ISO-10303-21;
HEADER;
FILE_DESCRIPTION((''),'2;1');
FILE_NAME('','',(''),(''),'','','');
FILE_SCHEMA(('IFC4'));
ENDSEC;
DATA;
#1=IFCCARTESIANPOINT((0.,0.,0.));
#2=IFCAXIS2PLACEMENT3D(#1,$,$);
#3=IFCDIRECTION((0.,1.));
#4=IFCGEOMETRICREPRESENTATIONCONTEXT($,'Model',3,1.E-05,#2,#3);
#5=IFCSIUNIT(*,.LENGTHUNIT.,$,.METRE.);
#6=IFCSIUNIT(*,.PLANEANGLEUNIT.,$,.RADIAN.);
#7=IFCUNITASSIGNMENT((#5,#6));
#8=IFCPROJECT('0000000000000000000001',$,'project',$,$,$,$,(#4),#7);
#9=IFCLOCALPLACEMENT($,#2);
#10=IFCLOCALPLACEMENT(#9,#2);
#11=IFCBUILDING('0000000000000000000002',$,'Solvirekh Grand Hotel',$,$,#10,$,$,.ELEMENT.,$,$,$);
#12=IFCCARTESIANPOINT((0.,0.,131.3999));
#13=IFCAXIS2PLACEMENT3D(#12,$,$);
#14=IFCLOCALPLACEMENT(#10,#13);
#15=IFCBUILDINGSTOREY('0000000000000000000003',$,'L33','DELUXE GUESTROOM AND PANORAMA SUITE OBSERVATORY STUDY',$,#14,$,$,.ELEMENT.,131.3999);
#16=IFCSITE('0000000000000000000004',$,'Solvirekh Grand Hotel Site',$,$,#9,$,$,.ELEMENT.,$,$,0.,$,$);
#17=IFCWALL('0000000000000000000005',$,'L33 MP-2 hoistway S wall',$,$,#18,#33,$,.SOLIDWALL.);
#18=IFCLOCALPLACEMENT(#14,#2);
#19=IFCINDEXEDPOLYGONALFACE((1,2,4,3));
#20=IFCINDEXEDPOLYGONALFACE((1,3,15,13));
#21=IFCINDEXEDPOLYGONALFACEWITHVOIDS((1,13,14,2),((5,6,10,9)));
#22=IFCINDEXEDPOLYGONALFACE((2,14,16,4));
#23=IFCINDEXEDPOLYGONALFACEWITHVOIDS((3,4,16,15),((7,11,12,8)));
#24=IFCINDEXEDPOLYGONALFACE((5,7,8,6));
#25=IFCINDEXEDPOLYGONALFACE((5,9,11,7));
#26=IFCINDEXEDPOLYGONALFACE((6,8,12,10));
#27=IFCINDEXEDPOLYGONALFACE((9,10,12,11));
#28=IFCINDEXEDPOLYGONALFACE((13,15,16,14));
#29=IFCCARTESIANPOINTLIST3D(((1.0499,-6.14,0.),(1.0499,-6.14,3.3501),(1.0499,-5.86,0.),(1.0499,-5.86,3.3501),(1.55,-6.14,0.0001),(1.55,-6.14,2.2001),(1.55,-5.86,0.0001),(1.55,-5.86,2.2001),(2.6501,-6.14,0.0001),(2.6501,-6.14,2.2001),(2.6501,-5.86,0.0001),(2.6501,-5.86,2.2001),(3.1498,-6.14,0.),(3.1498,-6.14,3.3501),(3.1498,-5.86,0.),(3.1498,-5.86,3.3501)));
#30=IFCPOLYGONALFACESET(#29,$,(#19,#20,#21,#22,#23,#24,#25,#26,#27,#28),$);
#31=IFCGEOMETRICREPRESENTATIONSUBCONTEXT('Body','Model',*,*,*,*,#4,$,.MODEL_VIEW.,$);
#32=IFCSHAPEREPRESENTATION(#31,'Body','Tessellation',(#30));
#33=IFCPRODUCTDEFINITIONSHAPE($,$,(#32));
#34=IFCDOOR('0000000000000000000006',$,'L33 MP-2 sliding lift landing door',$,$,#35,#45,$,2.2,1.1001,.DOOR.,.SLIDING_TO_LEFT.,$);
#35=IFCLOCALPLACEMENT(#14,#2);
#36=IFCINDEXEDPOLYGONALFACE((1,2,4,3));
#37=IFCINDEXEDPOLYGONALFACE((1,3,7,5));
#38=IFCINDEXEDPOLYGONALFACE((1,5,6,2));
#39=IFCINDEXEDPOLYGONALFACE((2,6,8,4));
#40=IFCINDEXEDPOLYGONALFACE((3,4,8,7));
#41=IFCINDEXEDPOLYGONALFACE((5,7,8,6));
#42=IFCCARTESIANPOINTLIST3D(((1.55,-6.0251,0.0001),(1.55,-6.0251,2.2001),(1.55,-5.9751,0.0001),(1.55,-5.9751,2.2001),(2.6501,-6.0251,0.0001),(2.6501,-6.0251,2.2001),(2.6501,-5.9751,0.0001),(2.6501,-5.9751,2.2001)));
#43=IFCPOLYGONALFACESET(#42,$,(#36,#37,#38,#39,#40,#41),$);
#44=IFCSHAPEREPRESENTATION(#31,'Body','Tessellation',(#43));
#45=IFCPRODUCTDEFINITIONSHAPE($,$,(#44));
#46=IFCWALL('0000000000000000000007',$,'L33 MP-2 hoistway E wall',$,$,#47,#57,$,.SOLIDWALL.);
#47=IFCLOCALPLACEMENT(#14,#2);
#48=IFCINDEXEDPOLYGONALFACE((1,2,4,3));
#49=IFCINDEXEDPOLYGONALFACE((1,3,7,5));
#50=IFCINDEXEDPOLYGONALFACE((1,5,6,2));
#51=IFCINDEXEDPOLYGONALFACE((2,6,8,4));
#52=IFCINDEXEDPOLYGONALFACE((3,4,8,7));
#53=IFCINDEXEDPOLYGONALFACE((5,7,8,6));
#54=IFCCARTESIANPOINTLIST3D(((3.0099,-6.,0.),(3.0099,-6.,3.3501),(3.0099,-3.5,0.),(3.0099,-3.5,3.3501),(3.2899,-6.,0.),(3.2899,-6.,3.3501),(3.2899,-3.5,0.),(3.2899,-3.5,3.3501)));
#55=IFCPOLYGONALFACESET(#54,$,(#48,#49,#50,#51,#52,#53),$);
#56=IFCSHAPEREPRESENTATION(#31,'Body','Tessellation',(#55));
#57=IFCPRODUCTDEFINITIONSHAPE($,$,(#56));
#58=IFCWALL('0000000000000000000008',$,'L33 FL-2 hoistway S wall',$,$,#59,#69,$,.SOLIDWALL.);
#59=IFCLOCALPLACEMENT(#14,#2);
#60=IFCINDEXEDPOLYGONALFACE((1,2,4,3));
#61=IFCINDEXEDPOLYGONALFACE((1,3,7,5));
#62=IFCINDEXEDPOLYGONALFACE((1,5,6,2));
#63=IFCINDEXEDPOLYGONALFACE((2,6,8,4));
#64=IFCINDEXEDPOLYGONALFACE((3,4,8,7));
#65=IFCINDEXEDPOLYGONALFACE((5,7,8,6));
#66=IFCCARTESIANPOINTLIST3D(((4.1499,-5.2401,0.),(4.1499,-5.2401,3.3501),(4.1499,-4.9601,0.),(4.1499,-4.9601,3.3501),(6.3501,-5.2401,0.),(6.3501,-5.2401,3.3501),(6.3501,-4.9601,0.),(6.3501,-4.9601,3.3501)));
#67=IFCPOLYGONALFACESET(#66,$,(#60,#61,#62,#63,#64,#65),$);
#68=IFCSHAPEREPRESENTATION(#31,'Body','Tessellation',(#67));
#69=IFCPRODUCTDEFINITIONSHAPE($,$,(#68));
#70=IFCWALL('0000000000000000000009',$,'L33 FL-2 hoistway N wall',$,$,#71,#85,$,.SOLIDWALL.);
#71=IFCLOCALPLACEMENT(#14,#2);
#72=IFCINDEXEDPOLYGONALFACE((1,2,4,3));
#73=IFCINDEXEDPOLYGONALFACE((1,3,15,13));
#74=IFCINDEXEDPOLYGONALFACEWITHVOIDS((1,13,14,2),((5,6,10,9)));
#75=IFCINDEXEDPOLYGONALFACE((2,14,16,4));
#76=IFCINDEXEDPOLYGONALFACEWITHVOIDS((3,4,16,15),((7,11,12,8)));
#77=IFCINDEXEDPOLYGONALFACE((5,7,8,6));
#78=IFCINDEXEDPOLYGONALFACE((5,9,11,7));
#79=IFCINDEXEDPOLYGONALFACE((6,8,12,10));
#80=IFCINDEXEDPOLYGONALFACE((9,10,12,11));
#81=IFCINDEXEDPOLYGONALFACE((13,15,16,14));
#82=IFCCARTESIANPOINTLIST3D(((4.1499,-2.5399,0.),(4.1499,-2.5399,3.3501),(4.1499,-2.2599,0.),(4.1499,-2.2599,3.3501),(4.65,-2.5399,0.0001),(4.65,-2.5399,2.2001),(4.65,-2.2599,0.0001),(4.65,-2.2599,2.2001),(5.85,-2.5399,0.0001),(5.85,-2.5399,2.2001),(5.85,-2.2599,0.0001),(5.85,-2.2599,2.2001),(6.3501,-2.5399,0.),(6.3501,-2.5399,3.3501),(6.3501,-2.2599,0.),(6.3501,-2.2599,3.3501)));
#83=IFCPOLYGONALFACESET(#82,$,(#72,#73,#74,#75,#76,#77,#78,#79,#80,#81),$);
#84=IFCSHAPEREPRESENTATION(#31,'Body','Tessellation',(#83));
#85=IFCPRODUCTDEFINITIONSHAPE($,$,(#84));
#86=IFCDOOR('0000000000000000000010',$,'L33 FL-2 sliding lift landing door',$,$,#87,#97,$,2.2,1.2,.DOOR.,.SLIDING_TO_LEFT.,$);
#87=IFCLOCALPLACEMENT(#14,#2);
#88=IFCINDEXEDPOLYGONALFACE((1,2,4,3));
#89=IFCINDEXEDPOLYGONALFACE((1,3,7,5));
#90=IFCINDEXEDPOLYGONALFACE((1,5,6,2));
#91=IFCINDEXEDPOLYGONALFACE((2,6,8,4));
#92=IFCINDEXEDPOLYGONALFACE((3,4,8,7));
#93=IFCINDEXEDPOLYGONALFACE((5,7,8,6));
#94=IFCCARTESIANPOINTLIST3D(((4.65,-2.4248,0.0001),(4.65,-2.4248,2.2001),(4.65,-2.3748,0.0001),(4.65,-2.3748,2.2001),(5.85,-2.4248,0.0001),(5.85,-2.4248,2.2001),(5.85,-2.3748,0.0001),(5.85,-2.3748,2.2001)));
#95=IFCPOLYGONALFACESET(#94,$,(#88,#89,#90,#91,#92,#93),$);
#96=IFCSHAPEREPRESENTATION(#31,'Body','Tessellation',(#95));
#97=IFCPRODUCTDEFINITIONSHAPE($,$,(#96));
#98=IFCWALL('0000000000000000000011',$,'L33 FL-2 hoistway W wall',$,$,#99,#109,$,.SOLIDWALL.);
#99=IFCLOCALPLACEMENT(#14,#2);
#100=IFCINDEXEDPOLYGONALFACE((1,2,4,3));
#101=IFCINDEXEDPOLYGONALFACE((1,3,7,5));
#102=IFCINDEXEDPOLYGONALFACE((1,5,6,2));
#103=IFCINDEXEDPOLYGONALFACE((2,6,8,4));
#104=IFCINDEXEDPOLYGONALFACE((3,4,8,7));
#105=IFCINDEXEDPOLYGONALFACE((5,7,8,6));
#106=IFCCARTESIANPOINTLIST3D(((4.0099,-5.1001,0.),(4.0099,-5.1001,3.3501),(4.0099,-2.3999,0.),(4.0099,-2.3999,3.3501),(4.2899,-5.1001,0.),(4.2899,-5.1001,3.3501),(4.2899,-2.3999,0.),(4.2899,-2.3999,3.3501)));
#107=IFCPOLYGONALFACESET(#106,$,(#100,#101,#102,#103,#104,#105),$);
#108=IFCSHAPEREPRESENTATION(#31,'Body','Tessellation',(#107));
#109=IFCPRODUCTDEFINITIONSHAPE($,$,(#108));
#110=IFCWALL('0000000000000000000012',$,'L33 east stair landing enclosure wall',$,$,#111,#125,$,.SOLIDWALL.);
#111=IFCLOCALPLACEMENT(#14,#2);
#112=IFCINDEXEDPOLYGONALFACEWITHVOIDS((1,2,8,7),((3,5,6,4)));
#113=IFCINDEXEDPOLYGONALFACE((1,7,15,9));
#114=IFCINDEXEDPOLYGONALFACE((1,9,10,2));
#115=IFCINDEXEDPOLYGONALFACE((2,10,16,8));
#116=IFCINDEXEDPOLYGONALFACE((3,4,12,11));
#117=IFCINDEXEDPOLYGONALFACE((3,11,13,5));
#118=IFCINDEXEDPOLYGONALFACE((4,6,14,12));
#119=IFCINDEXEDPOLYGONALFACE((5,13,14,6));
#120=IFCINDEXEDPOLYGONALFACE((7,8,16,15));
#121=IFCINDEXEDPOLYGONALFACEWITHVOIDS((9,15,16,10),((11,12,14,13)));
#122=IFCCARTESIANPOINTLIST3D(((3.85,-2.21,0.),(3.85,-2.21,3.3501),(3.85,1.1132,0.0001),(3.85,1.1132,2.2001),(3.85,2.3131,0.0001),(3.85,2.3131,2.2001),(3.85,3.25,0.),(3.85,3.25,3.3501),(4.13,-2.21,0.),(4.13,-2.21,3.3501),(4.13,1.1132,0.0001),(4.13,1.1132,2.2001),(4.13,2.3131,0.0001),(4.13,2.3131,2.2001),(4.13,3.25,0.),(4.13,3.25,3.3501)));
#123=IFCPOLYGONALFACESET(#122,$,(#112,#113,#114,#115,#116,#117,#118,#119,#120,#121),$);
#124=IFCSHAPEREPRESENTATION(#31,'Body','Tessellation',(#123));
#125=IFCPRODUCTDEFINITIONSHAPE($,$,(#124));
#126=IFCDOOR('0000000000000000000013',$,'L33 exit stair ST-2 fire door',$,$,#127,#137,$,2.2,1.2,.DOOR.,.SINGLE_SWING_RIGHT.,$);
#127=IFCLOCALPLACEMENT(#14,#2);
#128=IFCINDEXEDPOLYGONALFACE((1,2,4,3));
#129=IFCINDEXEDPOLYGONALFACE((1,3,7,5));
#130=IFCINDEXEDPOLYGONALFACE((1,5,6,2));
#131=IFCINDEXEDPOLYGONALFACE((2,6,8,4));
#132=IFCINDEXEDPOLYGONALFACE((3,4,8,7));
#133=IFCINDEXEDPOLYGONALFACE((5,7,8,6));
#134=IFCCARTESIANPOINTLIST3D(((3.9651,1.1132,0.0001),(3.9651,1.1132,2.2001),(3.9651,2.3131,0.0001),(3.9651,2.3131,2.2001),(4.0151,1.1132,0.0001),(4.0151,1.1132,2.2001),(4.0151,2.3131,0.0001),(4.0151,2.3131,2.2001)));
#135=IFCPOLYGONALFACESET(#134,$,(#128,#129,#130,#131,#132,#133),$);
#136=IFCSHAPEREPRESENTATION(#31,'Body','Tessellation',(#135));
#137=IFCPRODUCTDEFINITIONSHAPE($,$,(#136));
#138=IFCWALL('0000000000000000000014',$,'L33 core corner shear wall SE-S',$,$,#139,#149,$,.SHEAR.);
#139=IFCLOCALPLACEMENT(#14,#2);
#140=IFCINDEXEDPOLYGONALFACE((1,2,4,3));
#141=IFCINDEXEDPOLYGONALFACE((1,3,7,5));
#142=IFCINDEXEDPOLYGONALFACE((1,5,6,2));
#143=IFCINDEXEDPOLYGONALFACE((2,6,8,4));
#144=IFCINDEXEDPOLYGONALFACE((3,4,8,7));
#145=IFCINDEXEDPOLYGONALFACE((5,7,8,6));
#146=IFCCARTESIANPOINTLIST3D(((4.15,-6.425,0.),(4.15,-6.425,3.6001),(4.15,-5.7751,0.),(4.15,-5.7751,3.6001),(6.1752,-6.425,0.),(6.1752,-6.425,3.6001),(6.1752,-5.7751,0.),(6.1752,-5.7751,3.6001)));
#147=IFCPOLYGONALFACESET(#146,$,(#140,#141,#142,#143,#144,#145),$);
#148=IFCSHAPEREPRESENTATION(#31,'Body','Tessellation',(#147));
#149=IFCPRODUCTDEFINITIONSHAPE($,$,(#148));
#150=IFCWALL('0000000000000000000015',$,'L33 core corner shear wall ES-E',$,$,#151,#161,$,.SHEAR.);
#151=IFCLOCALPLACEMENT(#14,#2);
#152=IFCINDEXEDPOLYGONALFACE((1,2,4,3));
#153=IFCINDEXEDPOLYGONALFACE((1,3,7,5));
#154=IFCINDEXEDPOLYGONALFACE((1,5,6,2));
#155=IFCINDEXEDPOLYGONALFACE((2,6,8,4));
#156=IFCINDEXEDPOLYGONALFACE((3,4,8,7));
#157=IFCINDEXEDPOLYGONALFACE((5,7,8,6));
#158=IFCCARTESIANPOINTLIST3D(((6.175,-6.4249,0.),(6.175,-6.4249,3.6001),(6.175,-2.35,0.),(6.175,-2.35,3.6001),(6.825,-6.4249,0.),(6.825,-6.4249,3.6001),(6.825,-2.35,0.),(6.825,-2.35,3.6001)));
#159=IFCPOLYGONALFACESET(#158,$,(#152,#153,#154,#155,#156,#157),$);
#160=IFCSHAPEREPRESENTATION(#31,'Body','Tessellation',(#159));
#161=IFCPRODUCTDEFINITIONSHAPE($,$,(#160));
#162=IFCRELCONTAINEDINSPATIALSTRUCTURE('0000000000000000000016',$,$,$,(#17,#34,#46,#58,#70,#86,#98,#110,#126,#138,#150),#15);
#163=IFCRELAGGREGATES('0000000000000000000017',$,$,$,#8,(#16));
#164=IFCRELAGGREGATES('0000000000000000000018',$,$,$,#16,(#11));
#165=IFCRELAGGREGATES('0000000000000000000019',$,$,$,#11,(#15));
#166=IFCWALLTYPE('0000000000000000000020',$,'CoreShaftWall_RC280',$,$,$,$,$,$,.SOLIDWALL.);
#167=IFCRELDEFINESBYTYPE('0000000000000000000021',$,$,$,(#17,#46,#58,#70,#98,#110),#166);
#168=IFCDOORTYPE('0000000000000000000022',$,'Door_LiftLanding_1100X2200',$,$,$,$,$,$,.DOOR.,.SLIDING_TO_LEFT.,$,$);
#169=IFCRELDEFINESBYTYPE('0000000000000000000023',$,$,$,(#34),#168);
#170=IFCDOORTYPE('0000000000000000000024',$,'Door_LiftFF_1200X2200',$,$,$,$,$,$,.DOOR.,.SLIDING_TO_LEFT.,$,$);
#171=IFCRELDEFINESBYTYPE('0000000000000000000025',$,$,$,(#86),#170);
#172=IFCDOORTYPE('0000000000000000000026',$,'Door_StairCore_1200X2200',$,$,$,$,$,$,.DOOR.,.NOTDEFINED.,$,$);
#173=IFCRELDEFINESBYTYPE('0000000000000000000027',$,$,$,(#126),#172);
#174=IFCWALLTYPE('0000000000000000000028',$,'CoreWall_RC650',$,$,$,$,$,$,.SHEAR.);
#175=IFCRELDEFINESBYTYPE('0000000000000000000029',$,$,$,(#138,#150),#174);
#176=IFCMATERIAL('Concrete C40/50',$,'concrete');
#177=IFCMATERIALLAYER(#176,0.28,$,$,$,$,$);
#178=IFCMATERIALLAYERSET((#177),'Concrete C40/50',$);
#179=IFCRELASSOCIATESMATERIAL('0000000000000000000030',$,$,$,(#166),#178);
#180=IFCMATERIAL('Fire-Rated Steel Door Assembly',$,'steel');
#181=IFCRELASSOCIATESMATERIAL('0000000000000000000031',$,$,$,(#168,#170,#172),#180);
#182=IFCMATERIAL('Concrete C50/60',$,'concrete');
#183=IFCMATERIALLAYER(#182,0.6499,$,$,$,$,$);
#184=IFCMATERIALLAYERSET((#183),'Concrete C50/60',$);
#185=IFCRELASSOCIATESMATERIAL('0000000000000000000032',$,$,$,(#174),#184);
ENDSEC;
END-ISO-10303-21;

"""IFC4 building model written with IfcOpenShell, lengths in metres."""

from ifc_helpers import new_model, si_unit, direction, frame, frame_2d, origin, place, context, subcontext, project, spatial, rectangle, extrude, material, layer, layer_set, type_object, element, fill, save


model = new_model("IFC4")

# Units and contexts
model_context = context("Model", 3, precision=1e-05, world=origin(), true_north=direction((0.0, 1.0)))
body_context = subcontext(model_context, "Body", "Model", "MODEL_VIEW")
ifc_project = project(units=[si_unit("LENGTHUNIT", "METRE"), si_unit("PLANEANGLEUNIT", "RADIAN")], contexts=[model_context])

# Site, building, storey
site_placement = place(None, origin())
site = spatial("IfcSite", under=ifc_project, at=site_placement, Name="Solvirekh Grand Hotel Site", CompositionType="ELEMENT", RefElevation=0.0)
building_placement = place(site_placement, origin())
building = spatial("IfcBuilding", under=site, at=building_placement, Name="Solvirekh Grand Hotel", CompositionType="ELEMENT")
storey_placement = place(building_placement, frame((0.0, 0.0, 131.3999)))
storey = spatial("IfcBuildingStorey", under=building, at=storey_placement, Name="L33", Description="DELUXE GUESTROOM AND PANORAMA SUITE OBSERVATORY STUDY", CompositionType="ELEMENT", Elevation=131.3999)

# Shared definitions
ifc_material_1 = material(Name="Concrete C50/60", Category="concrete")

# Shared definitions
ifc_material_2 = material(Name="Concrete C40/50", Category="concrete")
ifc_layer_1 = layer(ifc_material_2, 0.28)
ifc_layer_set_1 = layer_set([ifc_layer_1], Name="Concrete C40/50")
wall_type_1 = type_object("IfcWallType", Name="CoreShaftWall_RC280", PredefinedType="SOLIDWALL", material=ifc_layer_set_1)

# Wall, opening, door
wall_1_placement = place(storey_placement, frame((1.05, -6.0, 0.0), z_axis=(0.0, 0.0, 1.0), x_axis=(1.0, 0.0, 0.0)))
wall_1 = element("IfcWall", 1, at=wall_1_placement, inside=storey, type_object=wall_type_1, Name="L33 MP-2 hoistway S wall", PredefinedType="SOLIDWALL", context=body_context, shape_type="SweptSolid", body=[
    extrude(rectangle(XDim=2.0999, YDim=0.28, at=frame_2d((1.0498, 0.0))), origin(), (0.0, 0.0, 1.0), 3.3501),
])
opening_1_placement = place(wall_1_placement, frame((0.5, 0.0, 0.0)))
opening_1 = element("IfcOpeningElement", 2, at=opening_1_placement, cuts=wall_1, PredefinedType="OPENING", context=body_context, shape_type="SweptSolid", body=[
    extrude(rectangle(XDim=1.1001, YDim=2.2, at=frame_2d((0.55, 1.1001))), frame((0.0, 0.1499, 0.0), z_axis=(0.0, -1.0, 0.0), x_axis=(1.0, 0.0, 0.0)), (0.0, 0.0, 1.0), 0.3),
])
ifc_material_3 = material(Name="Fire-Rated Steel Door Assembly", Category="steel")
door_type_1 = type_object("IfcDoorType", Name="Door_LiftLanding_1100X2200", OperationType="SLIDING_TO_LEFT", PredefinedType="DOOR", material=ifc_material_3)
door_1_placement = place(opening_1_placement, origin())
door_1 = element("IfcDoor", 3, at=door_1_placement, inside=storey, type_object=door_type_1, Name="L33 MP-2 sliding lift landing door", OperationType="SLIDING_TO_LEFT", OverallHeight=2.2, OverallWidth=1.1001, PredefinedType="DOOR", context=body_context, shape_type="SweptSolid", body=[
    extrude(rectangle(XDim=1.1001, YDim=2.2, at=frame_2d((0.55, 1.1001))), frame((0.0, 0.0249, 0.0), z_axis=(0.0, -1.0, 0.0), x_axis=(1.0, 0.0, 0.0)), (0.0, 0.0, 1.0), 0.05),
])
fill(opening_1, door_1)

# Walls
wall_2_placement = place(storey_placement, frame((3.1499, -6.0, 0.0), z_axis=(0.0, 0.0, 1.0), x_axis=(0.0, 1.0, 0.0)))
element("IfcWall", 4, at=wall_2_placement, inside=storey, type_object=wall_type_1, Name="L33 MP-2 hoistway E wall", PredefinedType="SOLIDWALL", context=body_context, shape_type="SweptSolid", body=[
    extrude(rectangle(XDim=2.5, YDim=0.28, at=frame_2d((1.25, 0.0))), origin(), (0.0, 0.0, 1.0), 3.3501),
])
wall_3_placement = place(storey_placement, frame((4.1499, -5.1001, 0.0), z_axis=(0.0, 0.0, 1.0), x_axis=(1.0, 0.0, 0.0)))
element("IfcWall", 5, at=wall_3_placement, inside=storey, type_object=wall_type_1, Name="L33 FL-2 hoistway S wall", PredefinedType="SOLIDWALL", context=body_context, shape_type="SweptSolid", body=[
    extrude(rectangle(XDim=2.2002, YDim=0.28, at=frame_2d((1.1001, 0.0))), origin(), (0.0, 0.0, 1.0), 3.3501),
])

# Wall, opening, door
wall_4_placement = place(storey_placement, frame((6.3501, -2.3999, 0.0), z_axis=(0.0, 0.0, 1.0), x_axis=(-1.0, 0.0, 0.0)))
wall_4 = element("IfcWall", 6, at=wall_4_placement, inside=storey, type_object=wall_type_1, Name="L33 FL-2 hoistway N wall", PredefinedType="SOLIDWALL", context=body_context, shape_type="SweptSolid", body=[
    extrude(rectangle(XDim=2.2002, YDim=0.28, at=frame_2d((1.1001, 0.0))), origin(), (0.0, 0.0, 1.0), 3.3501),
])
opening_2_placement = place(wall_4_placement, frame((0.5, 0.0, 0.0)))
opening_2 = element("IfcOpeningElement", 7, at=opening_2_placement, cuts=wall_4, PredefinedType="OPENING", context=body_context, shape_type="SweptSolid", body=[
    extrude(rectangle(XDim=1.2, YDim=2.2, at=frame_2d((0.6001, 1.1001))), frame((0.0, 0.1499, 0.0), z_axis=(0.0, -1.0, 0.0), x_axis=(1.0, 0.0, 0.0)), (0.0, 0.0, 1.0), 0.3),
])
door_type_2 = type_object("IfcDoorType", Name="Door_LiftFF_1200X2200", OperationType="SLIDING_TO_LEFT", PredefinedType="DOOR", material=ifc_material_3)
door_2_placement = place(opening_2_placement, origin())
door_2 = element("IfcDoor", 8, at=door_2_placement, inside=storey, type_object=door_type_2, Name="L33 FL-2 sliding lift landing door", OperationType="SLIDING_TO_LEFT", OverallHeight=2.2, OverallWidth=1.2, PredefinedType="DOOR", context=body_context, shape_type="SweptSolid", body=[
    extrude(rectangle(XDim=1.2, YDim=2.2, at=frame_2d((0.6001, 1.1001))), frame((0.0, 0.0249, 0.0), z_axis=(0.0, -1.0, 0.0), x_axis=(1.0, 0.0, 0.0)), (0.0, 0.0, 1.0), 0.05),
])
fill(opening_2, door_2)

# Wall
wall_5_placement = place(storey_placement, frame((4.1499, -2.3999, 0.0), z_axis=(0.0, 0.0, 1.0), x_axis=(0.0, -1.0, 0.0)))
element("IfcWall", 9, at=wall_5_placement, inside=storey, type_object=wall_type_1, Name="L33 FL-2 hoistway W wall", PredefinedType="SOLIDWALL", context=body_context, shape_type="SweptSolid", body=[
    extrude(rectangle(XDim=2.7002, YDim=0.28, at=frame_2d((1.3501, 0.0))), origin(), (0.0, 0.0, 1.0), 3.3501),
])

# Wall, opening, door
wall_6_placement = place(storey_placement, frame((3.99, -2.21, 0.0), z_axis=(0.0, 0.0, 1.0), x_axis=(0.0, 1.0, 0.0)))
wall_6 = element("IfcWall", 10, at=wall_6_placement, inside=storey, type_object=wall_type_1, Name="L33 east stair landing enclosure wall", PredefinedType="SOLIDWALL", context=body_context, shape_type="SweptSolid", body=[
    extrude(rectangle(XDim=5.46, YDim=0.28, at=frame_2d((2.73, 0.0))), origin(), (0.0, 0.0, 1.0), 3.3501),
])
opening_3_placement = place(wall_6_placement, frame((3.323, 0.0, 0.0)))
opening_3 = element("IfcOpeningElement", 11, at=opening_3_placement, cuts=wall_6, PredefinedType="OPENING", context=body_context, shape_type="SweptSolid", body=[
    extrude(rectangle(XDim=1.2, YDim=2.2, at=frame_2d((0.6001, 1.1001))), frame((0.0, 0.1499, 0.0), z_axis=(0.0, -1.0, 0.0), x_axis=(1.0, 0.0, 0.0)), (0.0, 0.0, 1.0), 0.3),
])
door_type_3 = type_object("IfcDoorType", Name="Door_StairCore_1200X2200", OperationType="NOTDEFINED", PredefinedType="DOOR", material=ifc_material_3)
door_3_placement = place(opening_3_placement, origin())
door_3 = element("IfcDoor", 12, at=door_3_placement, inside=storey, type_object=door_type_3, Name="L33 exit stair ST-2 fire door", OperationType="SINGLE_SWING_RIGHT", OverallHeight=2.2, OverallWidth=1.2, PredefinedType="DOOR", context=body_context, shape_type="SweptSolid", body=[
    extrude(rectangle(XDim=1.2, YDim=2.2, at=frame_2d((0.6001, 1.1001))), frame((0.0, 0.0249, 0.0), z_axis=(0.0, -1.0, 0.0), x_axis=(1.0, 0.0, 0.0)), (0.0, 0.0, 1.0), 0.05),
])
fill(opening_3, door_3)

# Walls
ifc_layer_2 = layer(ifc_material_1, 0.6499)
ifc_layer_set_2 = layer_set([ifc_layer_2], Name="Concrete C50/60")
wall_type_2 = type_object("IfcWallType", Name="CoreWall_RC650", PredefinedType="SHEAR", material=ifc_layer_set_2)
wall_7_placement = place(storey_placement, frame((4.1499, -6.1001, 0.0), z_axis=(0.0, 0.0, 1.0), x_axis=(1.0, 0.0, 0.0)))
element("IfcWall", 13, at=wall_7_placement, inside=storey, type_object=wall_type_2, Name="L33 core corner shear wall SE-S", PredefinedType="SHEAR", context=body_context, shape_type="SweptSolid", body=[
    extrude(rectangle(XDim=2.0251, YDim=0.6499, at=frame_2d((1.0127, 0.0))), origin(), (0.0, 0.0, 1.0), 3.6001),
])
wall_8_placement = place(storey_placement, frame((6.5, -6.425, 0.0), z_axis=(0.0, 0.0, 1.0), x_axis=(0.0, 1.0, 0.0)))
element("IfcWall", 14, at=wall_8_placement, inside=storey, type_object=wall_type_2, Name="L33 core corner shear wall ES-E", PredefinedType="SHEAR", context=body_context, shape_type="SweptSolid", body=[
    extrude(rectangle(XDim=4.075, YDim=0.6499, at=frame_2d((2.0376, 0.0))), origin(), (0.0, 0.0, 1.0), 3.6001),
])

save(model, "model.ifc")
